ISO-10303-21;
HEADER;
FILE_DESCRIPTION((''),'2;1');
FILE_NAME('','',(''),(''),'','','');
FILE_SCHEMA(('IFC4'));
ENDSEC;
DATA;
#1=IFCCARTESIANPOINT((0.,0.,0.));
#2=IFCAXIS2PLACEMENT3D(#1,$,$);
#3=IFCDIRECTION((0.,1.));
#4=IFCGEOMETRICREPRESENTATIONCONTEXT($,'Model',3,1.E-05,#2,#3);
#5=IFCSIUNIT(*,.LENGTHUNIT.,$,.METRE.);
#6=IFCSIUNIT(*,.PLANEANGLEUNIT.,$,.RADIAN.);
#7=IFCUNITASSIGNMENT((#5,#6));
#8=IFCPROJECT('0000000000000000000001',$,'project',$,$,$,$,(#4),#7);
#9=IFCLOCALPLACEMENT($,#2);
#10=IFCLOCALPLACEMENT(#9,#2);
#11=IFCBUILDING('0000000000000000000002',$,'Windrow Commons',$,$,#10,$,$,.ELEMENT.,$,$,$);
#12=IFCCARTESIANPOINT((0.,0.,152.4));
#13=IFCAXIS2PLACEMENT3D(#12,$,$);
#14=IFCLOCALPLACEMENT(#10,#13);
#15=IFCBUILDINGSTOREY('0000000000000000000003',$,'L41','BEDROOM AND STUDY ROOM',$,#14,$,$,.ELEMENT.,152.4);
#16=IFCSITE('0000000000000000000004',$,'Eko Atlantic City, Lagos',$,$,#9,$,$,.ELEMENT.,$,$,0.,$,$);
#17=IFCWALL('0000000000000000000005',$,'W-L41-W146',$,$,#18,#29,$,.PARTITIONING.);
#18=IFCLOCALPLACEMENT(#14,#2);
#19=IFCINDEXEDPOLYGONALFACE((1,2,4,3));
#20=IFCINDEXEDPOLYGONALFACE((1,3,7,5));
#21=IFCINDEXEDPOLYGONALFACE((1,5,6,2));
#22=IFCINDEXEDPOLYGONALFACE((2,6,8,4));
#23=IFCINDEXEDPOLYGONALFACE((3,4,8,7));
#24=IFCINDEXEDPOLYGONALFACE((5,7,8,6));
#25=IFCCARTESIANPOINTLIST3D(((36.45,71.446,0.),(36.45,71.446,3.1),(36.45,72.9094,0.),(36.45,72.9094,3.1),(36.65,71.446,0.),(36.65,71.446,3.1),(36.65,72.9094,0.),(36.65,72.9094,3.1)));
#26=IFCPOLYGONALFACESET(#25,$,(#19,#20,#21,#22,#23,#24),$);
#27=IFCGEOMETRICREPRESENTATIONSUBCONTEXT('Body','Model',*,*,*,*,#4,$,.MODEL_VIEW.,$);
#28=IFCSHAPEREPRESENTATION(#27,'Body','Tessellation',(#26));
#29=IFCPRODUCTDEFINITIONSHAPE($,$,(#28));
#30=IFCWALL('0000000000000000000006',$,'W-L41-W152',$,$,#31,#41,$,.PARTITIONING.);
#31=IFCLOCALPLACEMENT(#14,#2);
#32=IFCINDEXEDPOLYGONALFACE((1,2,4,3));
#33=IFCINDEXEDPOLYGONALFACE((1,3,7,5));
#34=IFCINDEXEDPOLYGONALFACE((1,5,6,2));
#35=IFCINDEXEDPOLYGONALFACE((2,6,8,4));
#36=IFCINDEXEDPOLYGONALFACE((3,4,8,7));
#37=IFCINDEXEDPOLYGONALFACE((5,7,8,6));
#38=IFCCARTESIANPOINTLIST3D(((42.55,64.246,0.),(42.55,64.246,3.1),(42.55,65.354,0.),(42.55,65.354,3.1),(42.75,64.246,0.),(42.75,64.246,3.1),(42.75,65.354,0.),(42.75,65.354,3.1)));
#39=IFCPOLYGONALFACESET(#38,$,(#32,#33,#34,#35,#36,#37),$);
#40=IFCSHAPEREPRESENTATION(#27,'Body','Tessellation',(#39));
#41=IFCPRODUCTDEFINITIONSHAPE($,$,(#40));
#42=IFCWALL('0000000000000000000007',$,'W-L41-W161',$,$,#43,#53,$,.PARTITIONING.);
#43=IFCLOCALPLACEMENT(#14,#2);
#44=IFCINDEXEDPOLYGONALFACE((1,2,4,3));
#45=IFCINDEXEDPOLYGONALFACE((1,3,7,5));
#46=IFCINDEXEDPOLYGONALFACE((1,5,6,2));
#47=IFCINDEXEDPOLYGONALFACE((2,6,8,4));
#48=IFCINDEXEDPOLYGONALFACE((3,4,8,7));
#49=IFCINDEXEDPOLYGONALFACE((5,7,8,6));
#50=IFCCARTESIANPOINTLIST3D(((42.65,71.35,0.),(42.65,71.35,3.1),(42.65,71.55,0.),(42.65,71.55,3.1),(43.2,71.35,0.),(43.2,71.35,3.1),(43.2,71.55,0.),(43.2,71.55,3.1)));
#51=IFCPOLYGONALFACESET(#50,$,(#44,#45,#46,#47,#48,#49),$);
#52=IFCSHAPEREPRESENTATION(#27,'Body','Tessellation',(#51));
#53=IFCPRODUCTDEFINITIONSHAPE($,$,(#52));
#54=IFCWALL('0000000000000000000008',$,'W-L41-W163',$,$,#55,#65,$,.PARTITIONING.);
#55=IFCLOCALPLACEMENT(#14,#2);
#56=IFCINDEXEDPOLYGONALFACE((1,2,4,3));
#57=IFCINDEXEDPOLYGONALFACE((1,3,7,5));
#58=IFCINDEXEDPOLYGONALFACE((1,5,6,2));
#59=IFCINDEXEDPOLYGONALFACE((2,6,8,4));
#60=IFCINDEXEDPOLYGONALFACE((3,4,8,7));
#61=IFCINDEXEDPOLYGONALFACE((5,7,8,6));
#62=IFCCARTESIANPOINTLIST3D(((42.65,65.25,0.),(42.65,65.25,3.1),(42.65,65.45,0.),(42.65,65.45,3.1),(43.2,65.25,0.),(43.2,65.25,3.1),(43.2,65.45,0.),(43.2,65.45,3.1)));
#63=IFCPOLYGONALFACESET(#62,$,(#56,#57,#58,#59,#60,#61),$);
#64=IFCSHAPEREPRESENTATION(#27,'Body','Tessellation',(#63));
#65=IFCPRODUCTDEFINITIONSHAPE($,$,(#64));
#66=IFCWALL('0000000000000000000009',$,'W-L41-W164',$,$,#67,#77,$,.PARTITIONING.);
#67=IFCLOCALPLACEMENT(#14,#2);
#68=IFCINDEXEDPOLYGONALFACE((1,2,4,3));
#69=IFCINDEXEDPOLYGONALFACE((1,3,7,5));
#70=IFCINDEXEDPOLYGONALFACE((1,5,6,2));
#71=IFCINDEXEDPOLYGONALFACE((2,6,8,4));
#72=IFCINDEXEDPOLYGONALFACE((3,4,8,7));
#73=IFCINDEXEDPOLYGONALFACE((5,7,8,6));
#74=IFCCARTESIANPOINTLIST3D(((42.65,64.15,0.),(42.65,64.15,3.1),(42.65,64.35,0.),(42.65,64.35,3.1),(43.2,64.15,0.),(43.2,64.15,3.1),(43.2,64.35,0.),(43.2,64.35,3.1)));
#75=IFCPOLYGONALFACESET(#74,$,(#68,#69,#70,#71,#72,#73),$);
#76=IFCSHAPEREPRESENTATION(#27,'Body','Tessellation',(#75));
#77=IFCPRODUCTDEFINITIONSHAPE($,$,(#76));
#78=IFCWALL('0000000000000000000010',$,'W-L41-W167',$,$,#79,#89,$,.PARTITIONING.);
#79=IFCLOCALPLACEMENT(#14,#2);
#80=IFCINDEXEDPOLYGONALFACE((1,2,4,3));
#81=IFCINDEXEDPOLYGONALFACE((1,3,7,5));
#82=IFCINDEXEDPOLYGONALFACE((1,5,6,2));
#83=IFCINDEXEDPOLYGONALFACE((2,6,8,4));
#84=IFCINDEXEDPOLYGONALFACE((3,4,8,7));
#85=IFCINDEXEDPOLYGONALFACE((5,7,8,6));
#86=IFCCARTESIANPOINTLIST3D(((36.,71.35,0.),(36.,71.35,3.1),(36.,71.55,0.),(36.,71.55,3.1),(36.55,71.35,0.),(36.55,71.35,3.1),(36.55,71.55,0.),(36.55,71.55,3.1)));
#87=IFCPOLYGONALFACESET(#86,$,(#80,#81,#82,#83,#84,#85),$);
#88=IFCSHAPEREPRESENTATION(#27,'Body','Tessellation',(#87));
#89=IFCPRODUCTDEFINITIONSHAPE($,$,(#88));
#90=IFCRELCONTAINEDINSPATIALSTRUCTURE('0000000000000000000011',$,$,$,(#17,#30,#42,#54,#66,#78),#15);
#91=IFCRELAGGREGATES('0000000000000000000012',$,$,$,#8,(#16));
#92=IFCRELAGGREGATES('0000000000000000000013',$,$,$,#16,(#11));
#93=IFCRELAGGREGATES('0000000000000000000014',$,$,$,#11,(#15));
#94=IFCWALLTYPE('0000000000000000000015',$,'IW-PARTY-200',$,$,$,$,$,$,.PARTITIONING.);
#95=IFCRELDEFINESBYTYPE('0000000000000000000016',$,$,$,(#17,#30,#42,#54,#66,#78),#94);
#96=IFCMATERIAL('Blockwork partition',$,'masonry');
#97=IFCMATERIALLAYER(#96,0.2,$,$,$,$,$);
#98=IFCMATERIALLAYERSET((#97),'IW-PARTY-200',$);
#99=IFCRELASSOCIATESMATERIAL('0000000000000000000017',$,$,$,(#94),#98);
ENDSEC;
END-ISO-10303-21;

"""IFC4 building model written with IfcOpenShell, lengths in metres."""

from ifc_helpers import new_model, si_unit, direction, frame, frame_2d, origin, place, context, subcontext, project, spatial, rectangle, extrude, material, layer, layer_set, type_object, element, save


model = new_model("IFC4")

# Units and contexts
model_context = context("Model", 3, precision=1e-05, world=origin(), true_north=direction((0.0, 1.0)))
body_context = subcontext(model_context, "Body", "Model", "MODEL_VIEW")
ifc_project = project(units=[si_unit("LENGTHUNIT", "METRE"), si_unit("PLANEANGLEUNIT", "RADIAN")], contexts=[model_context])

# Site, building, storey
site_placement = place(None, origin())
site = spatial("IfcSite", under=ifc_project, at=site_placement, Name="Eko Atlantic City, Lagos", CompositionType="ELEMENT", RefElevation=0.0)
building_placement = place(site_placement, origin())
building = spatial("IfcBuilding", under=site, at=building_placement, Name="Windrow Commons", CompositionType="ELEMENT")
storey_placement = place(building_placement, frame((0.0, 0.0, 152.4)))
storey = spatial("IfcBuildingStorey", under=building, at=storey_placement, Name="L41", Description="BEDROOM AND STUDY ROOM", CompositionType="ELEMENT", Elevation=152.4)

# Walls
ifc_material_1 = material(Name="Blockwork partition", Category="masonry")
ifc_layer_1 = layer(ifc_material_1, 0.2)
ifc_layer_set_1 = layer_set([ifc_layer_1], Name="IW-PARTY-200")
wall_type_1 = type_object("IfcWallType", Name="IW-PARTY-200", PredefinedType="PARTITIONING", material=ifc_layer_set_1)
wall_1_placement = place(storey_placement, frame((36.55, 71.446, 0.0), z_axis=(0.0, 0.0, 1.0), x_axis=(0.0, 1.0, 0.0)))
element("IfcWall", 1, at=wall_1_placement, inside=storey, type_object=wall_type_1, Name="W-L41-W146", PredefinedType="PARTITIONING", context=body_context, shape_type="SweptSolid", body=[
    extrude(rectangle(XDim=1.4634, YDim=0.2, at=frame_2d((0.7317, 0.0))), origin(), (0.0, 0.0, 1.0), 3.1),
])
wall_2_placement = place(storey_placement, frame((42.65, 64.246, 0.0), z_axis=(0.0, 0.0, 1.0), x_axis=(0.0, 1.0, 0.0)))
element("IfcWall", 2, at=wall_2_placement, inside=storey, type_object=wall_type_1, Name="W-L41-W152", PredefinedType="PARTITIONING", context=body_context, shape_type="SweptSolid", body=[
    extrude(rectangle(XDim=1.108, YDim=0.2, at=frame_2d((0.554, 0.0))), origin(), (0.0, 0.0, 1.0), 3.1),
])
for number, where, z_axis, x_axis, name in (
    (3, (42.65, 71.45, 0.0), (0.0, 0.0, 1.0), (1.0, 0.0, 0.0), "W-L41-W161"),
    (4, (42.65, 65.35, 0.0), (0.0, 0.0, 1.0), (1.0, 0.0, 0.0), "W-L41-W163"),
    (5, (42.65, 64.25, 0.0), (0.0, 0.0, 1.0), (1.0, 0.0, 0.0), "W-L41-W164"),
    (6, (36.0, 71.45, 0.0), (0.0, 0.0, 1.0), (1.0, 0.0, 0.0), "W-L41-W167"),
):
    element("IfcWall", number, at=place(storey_placement, frame(where, z_axis=z_axis, x_axis=x_axis)), inside=storey, type_object=wall_type_1, Name=name, PredefinedType="PARTITIONING", context=body_context, shape_type="SweptSolid", body=[
        extrude(rectangle(XDim=0.55, YDim=0.2, at=frame_2d((0.275, 0.0))), origin(), (0.0, 0.0, 1.0), 3.1),
    ])

save(model, "model.ifc")
